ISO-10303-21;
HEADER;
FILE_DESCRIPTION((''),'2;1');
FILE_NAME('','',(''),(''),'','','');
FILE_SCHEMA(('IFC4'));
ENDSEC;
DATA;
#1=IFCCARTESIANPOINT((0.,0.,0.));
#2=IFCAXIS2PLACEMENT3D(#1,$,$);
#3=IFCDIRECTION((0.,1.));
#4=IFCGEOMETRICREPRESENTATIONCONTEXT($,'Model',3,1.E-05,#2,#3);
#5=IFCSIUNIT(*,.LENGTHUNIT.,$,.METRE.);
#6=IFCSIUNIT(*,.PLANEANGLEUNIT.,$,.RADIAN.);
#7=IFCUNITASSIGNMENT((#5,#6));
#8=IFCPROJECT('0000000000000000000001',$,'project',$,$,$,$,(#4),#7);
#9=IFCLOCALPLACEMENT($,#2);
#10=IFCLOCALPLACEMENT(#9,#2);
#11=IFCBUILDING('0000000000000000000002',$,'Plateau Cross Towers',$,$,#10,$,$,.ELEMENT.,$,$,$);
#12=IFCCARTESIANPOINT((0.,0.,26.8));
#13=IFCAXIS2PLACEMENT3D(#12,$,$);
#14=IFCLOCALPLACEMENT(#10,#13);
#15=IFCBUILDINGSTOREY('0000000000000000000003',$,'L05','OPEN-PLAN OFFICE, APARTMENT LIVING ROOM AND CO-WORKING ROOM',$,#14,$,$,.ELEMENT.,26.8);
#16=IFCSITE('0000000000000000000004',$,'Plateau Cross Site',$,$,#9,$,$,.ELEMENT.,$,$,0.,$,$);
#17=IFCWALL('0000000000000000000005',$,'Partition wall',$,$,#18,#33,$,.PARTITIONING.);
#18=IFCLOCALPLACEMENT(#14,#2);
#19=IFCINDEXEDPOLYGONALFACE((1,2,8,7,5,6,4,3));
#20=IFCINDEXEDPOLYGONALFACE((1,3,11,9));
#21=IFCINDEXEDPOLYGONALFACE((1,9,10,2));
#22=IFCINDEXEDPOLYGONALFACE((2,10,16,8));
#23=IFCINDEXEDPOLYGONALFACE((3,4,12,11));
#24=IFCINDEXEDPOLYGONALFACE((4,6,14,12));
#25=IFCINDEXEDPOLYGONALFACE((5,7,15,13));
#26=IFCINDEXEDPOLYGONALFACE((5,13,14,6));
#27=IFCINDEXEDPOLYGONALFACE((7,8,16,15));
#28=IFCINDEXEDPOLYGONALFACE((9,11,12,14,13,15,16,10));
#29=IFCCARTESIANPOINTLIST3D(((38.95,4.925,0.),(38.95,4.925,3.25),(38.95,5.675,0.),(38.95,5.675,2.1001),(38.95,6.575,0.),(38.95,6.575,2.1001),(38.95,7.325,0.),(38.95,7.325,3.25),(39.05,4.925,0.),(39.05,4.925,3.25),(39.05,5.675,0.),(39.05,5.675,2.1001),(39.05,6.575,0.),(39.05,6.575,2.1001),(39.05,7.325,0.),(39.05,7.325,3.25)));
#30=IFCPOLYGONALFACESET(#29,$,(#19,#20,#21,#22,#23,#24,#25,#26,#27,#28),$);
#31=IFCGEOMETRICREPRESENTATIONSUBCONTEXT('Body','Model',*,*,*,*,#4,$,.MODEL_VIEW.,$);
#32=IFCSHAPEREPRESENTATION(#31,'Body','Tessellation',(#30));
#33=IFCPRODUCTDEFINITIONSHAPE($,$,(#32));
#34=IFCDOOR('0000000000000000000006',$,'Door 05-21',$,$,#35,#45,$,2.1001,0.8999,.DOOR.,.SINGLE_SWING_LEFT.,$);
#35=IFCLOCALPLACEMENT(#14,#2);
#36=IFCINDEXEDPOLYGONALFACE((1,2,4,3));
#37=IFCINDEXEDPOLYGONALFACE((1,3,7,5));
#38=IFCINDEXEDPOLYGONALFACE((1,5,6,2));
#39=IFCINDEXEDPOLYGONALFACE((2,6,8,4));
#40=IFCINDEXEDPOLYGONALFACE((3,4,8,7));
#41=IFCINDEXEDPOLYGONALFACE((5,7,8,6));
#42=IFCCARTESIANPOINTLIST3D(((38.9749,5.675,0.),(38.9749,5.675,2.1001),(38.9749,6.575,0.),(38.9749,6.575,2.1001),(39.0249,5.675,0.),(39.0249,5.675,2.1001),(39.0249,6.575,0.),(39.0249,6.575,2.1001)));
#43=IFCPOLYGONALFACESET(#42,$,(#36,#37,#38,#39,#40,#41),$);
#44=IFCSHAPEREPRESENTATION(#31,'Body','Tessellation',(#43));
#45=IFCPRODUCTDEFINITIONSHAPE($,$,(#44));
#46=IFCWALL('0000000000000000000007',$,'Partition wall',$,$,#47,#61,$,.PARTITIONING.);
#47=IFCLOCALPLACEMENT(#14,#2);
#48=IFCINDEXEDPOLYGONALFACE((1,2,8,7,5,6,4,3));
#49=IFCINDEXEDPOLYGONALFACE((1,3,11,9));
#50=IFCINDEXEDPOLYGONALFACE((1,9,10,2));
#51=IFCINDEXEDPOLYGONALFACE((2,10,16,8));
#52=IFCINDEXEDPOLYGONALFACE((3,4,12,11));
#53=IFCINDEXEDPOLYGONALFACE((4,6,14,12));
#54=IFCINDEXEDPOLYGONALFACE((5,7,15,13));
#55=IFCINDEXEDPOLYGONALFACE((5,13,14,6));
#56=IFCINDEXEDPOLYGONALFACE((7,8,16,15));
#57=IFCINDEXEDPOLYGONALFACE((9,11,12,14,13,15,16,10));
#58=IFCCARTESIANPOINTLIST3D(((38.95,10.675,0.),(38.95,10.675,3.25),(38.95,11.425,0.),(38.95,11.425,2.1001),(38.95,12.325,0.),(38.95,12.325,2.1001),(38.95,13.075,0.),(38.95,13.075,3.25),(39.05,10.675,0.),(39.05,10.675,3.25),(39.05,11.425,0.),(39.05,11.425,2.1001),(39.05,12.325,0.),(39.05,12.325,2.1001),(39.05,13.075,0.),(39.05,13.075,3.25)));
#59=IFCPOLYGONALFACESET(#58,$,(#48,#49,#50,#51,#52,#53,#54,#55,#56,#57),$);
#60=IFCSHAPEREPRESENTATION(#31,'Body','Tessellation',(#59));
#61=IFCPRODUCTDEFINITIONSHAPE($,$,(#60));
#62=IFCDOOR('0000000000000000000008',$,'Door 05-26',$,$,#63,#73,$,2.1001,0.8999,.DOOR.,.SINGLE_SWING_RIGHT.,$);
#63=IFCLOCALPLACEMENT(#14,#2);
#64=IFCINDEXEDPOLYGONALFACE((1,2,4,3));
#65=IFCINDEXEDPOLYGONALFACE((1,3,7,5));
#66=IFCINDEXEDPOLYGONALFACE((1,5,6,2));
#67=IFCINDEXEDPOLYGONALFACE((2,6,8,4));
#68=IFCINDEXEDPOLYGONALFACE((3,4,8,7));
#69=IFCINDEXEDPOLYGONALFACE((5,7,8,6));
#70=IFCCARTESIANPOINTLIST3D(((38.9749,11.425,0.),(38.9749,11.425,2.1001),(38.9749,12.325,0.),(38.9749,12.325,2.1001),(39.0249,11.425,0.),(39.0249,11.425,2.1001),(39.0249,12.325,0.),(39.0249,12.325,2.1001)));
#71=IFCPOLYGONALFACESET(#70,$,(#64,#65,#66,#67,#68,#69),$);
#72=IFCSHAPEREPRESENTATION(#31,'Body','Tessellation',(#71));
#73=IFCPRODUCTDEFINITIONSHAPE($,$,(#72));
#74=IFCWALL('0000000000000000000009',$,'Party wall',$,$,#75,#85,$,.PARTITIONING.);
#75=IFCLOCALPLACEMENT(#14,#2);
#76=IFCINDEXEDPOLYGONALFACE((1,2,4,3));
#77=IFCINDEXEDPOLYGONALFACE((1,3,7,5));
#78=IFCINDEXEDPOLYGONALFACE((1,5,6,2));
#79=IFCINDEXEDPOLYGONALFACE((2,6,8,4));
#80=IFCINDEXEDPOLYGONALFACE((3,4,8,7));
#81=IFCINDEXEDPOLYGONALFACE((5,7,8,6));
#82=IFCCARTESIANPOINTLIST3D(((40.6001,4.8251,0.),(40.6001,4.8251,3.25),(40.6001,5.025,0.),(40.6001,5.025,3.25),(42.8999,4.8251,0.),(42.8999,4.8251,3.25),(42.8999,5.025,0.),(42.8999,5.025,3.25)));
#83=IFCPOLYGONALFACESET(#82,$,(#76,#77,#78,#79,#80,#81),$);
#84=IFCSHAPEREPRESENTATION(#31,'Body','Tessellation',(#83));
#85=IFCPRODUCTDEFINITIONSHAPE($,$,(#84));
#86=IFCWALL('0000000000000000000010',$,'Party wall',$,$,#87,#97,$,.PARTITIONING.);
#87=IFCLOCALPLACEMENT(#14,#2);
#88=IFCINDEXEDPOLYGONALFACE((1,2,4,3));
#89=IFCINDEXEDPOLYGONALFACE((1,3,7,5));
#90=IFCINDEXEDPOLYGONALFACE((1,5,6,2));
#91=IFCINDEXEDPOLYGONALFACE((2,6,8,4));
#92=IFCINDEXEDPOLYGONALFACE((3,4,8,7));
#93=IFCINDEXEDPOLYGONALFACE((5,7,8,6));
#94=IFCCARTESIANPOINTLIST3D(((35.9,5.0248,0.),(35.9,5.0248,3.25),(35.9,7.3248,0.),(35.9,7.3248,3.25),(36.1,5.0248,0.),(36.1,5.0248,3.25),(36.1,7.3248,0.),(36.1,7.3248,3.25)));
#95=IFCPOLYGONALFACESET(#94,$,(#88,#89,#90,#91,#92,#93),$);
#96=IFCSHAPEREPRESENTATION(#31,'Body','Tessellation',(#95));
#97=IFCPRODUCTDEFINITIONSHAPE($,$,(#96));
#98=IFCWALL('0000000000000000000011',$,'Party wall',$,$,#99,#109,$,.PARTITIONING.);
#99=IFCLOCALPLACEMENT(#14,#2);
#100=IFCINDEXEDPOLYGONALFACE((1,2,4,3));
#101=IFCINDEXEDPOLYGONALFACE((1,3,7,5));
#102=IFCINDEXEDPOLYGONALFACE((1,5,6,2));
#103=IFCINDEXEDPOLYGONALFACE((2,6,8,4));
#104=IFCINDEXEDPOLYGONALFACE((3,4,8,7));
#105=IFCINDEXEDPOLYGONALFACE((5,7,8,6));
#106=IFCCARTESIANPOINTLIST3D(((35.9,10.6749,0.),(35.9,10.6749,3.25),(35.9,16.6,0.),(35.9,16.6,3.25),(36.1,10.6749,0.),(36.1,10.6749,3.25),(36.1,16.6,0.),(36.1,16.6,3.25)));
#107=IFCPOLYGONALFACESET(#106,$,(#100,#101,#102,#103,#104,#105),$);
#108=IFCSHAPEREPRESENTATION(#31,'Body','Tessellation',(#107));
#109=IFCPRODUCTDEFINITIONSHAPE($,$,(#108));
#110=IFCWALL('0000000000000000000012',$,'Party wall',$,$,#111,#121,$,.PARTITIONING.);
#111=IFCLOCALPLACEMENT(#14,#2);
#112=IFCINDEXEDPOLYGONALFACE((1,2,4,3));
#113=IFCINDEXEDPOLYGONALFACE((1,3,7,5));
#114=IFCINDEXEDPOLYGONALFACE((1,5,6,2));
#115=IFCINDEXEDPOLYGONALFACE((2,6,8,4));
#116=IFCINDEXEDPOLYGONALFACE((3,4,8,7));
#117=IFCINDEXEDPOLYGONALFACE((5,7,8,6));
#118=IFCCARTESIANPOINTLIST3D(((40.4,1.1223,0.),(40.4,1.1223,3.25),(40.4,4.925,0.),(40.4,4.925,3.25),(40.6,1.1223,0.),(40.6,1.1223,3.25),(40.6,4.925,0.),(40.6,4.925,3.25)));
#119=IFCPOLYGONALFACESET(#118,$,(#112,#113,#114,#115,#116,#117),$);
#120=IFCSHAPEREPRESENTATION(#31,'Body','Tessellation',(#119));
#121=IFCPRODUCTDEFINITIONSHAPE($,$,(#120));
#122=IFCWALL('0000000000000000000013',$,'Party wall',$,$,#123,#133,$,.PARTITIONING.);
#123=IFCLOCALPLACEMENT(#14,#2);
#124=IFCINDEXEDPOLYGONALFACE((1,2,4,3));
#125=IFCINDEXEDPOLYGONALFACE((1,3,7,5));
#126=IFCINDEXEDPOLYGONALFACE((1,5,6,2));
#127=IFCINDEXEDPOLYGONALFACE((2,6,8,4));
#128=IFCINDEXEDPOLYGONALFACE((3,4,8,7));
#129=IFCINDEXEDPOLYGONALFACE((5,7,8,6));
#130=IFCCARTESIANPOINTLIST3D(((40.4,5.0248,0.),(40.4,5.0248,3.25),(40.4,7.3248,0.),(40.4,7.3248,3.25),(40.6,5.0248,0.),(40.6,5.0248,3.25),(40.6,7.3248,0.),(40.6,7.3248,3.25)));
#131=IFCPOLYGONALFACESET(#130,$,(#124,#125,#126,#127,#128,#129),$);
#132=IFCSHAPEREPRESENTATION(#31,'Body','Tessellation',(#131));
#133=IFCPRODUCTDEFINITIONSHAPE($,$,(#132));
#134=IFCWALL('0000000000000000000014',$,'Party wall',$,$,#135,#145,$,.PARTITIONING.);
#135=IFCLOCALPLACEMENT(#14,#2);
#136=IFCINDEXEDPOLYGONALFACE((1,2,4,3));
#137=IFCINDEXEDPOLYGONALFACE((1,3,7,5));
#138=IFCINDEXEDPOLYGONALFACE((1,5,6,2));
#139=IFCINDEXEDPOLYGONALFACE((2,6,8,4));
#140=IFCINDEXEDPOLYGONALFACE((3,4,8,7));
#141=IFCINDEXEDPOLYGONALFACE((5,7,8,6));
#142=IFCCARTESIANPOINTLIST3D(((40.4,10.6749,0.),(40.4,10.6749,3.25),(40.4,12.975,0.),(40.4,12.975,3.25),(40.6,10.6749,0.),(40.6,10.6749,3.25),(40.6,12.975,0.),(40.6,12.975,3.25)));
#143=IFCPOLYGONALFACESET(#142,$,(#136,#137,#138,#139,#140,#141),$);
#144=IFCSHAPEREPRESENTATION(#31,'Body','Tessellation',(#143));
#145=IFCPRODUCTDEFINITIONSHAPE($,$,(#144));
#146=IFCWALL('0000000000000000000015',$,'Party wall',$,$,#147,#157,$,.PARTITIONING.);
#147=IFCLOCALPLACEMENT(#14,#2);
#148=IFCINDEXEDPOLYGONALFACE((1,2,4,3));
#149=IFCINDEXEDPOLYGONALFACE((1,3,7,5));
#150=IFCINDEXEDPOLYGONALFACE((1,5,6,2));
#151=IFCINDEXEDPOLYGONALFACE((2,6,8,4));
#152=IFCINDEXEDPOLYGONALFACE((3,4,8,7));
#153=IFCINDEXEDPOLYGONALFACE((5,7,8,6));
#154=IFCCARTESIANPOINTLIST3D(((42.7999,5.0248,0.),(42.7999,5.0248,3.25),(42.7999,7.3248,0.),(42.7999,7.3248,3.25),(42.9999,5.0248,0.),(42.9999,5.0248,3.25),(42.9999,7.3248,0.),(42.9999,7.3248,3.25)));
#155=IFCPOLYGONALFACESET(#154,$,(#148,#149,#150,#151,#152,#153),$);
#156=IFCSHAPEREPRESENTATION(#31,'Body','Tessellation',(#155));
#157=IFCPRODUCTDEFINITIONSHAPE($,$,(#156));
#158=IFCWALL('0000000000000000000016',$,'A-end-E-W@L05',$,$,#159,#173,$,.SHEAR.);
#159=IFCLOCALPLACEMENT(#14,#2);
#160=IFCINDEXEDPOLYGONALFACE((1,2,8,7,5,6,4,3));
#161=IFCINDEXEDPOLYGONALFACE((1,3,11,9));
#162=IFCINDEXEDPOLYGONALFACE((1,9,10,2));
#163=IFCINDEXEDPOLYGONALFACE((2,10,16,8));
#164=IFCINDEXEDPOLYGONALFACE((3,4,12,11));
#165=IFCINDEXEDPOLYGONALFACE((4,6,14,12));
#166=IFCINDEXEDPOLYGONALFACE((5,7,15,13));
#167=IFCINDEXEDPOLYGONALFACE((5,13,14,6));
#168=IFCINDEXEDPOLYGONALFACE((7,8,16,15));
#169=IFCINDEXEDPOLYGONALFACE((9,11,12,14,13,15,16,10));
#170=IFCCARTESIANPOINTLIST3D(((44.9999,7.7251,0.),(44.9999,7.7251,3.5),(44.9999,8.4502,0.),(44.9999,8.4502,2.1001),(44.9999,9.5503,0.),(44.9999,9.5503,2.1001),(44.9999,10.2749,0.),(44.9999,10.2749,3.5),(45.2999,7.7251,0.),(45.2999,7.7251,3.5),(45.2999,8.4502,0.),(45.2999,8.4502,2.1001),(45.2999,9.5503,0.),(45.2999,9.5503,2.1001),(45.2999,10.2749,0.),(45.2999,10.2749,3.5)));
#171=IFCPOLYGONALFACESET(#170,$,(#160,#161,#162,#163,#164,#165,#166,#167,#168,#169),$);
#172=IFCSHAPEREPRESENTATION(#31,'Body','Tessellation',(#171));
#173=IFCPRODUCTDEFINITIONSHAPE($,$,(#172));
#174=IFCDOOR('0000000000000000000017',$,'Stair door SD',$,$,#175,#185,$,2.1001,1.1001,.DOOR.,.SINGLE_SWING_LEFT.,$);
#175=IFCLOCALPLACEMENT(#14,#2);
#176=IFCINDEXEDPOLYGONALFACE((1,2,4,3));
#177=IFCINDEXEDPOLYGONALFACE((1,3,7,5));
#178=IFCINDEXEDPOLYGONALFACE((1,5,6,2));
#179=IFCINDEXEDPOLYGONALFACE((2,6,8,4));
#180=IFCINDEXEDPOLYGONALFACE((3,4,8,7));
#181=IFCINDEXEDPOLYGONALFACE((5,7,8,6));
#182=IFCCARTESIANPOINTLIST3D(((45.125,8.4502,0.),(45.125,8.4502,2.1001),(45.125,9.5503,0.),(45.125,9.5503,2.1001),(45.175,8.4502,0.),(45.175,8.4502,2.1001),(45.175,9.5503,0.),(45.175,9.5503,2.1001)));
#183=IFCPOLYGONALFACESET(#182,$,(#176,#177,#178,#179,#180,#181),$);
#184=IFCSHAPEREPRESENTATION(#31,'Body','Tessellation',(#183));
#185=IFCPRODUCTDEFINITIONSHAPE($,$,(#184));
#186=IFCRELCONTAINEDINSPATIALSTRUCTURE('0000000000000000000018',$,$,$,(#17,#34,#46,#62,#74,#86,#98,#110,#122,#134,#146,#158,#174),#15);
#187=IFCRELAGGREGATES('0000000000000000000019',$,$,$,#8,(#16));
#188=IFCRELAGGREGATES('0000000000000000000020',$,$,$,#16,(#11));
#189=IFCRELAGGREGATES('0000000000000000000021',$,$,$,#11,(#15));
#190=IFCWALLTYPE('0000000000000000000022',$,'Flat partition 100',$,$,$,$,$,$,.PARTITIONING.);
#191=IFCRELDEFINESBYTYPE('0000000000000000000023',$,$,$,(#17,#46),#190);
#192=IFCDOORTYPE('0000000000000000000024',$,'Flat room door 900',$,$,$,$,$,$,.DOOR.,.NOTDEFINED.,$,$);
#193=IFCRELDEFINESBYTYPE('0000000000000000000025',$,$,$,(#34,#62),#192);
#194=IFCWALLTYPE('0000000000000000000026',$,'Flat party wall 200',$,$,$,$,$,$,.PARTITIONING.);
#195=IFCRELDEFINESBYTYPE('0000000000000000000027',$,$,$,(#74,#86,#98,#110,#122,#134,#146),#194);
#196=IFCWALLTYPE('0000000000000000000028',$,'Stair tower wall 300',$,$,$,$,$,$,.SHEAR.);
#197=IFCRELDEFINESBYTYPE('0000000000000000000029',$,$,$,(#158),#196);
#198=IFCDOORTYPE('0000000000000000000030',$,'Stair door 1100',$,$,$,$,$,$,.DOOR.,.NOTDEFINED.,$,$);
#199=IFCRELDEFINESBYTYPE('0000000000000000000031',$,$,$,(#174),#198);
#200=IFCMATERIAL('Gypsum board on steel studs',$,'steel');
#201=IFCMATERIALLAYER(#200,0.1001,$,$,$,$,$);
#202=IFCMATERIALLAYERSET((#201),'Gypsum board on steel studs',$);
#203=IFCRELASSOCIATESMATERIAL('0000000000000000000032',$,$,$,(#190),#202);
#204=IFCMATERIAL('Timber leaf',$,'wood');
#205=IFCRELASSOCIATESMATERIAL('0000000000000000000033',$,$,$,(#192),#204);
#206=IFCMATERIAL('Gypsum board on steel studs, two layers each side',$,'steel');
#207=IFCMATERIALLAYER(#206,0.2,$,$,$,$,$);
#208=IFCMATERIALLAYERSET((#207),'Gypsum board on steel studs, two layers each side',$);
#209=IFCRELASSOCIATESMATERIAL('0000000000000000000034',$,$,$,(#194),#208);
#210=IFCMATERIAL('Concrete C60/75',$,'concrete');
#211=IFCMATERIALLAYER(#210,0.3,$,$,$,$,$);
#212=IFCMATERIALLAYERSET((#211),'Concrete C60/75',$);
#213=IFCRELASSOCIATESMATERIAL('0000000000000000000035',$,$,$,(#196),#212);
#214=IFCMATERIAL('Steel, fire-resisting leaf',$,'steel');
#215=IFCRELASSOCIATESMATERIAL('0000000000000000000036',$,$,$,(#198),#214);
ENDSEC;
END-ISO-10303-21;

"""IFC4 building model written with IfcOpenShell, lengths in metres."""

from ifc_helpers import new_model, si_unit, direction, frame, frame_2d, origin, place, context, subcontext, project, spatial, rectangle, extrude, material, layer, layer_set, type_object, element, fill, save


model = new_model("IFC4")

# Units and contexts
model_context = context("Model", 3, precision=1e-05, world=origin(), true_north=direction((0.0, 1.0)))
body_context = subcontext(model_context, "Body", "Model", "MODEL_VIEW")
ifc_project = project(units=[si_unit("LENGTHUNIT", "METRE"), si_unit("PLANEANGLEUNIT", "RADIAN")], contexts=[model_context])

# Site, building, storey
site_placement = place(None, origin())
site = spatial("IfcSite", under=ifc_project, at=site_placement, Name="Plateau Cross Site", CompositionType="ELEMENT", RefElevation=0.0)
building_placement = place(site_placement, origin())
building = spatial("IfcBuilding", under=site, at=building_placement, Name="Plateau Cross Towers", CompositionType="ELEMENT")
storey_placement = place(building_placement, frame((0.0, 0.0, 26.8)))
storey = spatial("IfcBuildingStorey", under=building, at=storey_placement, Name="L05", Description="OPEN-PLAN OFFICE, APARTMENT LIVING ROOM AND CO-WORKING ROOM", CompositionType="ELEMENT", Elevation=26.8)

# Shared definitions
ifc_material_1 = material(Name="Gypsum board on steel studs", Category="steel")
ifc_layer_1 = layer(ifc_material_1, 0.1001)
ifc_layer_set_1 = layer_set([ifc_layer_1], Name="Gypsum board on steel studs")
wall_type_1 = type_object("IfcWallType", Name="Flat partition 100", PredefinedType="PARTITIONING", material=ifc_layer_set_1)

# Walls, openings, doors
ifc_material_2 = material(Name="Timber leaf", Category="wood")
door_type_1 = type_object("IfcDoorType", Name="Flat room door 900", OperationType="NOTDEFINED", PredefinedType="DOOR", material=ifc_material_2)
wall_1_placement = place(storey_placement, frame((39.0, 7.325, 0.0), z_axis=(0.0, 0.0, 1.0), x_axis=(0.0, -1.0, 0.0)))
wall_1 = element("IfcWall", 1, at=wall_1_placement, inside=storey, type_object=wall_type_1, Name="Partition wall", PredefinedType="PARTITIONING", context=body_context, shape_type="SweptSolid", body=[
    extrude(rectangle(XDim=2.3999, YDim=0.1001, at=frame_2d((1.2, 0.0))), origin(), (0.0, 0.0, 1.0), 3.25),
])
opening_1_placement = place(wall_1_placement, frame((0.75, 0.0, 0.0)))
opening_1 = element("IfcOpeningElement", 2, at=opening_1_placement, cuts=wall_1, PredefinedType="OPENING", context=body_context, shape_type="SweptSolid", body=[
    extrude(rectangle(XDim=0.8999, YDim=2.1001, at=frame_2d((0.45, 1.05))), frame((0.0, 0.0601, 0.0), z_axis=(0.0, -1.0, 0.0), x_axis=(1.0, 0.0, 0.0)), (0.0, 0.0, 1.0), 0.1201),
])
door_1_placement = place(opening_1_placement, origin())
door_1 = element("IfcDoor", 3, at=door_1_placement, inside=storey, type_object=door_type_1, Name="Door 05-21", OperationType="SINGLE_SWING_LEFT", OverallHeight=2.1001, OverallWidth=0.8999, PredefinedType="DOOR", context=body_context, shape_type="SweptSolid", body=[
    extrude(rectangle(XDim=0.8999, YDim=2.1001, at=frame_2d((0.45, 1.05))), frame((0.0, 0.0249, 0.0), z_axis=(0.0, -1.0, 0.0), x_axis=(1.0, 0.0, 0.0)), (0.0, 0.0, 1.0), 0.05),
])
fill(opening_1, door_1)
wall_2_placement = place(storey_placement, frame((39.0, 13.075, 0.0), z_axis=(0.0, 0.0, 1.0), x_axis=(0.0, -1.0, 0.0)))
wall_2 = element("IfcWall", 4, at=wall_2_placement, inside=storey, type_object=wall_type_1, Name="Partition wall", PredefinedType="PARTITIONING", context=body_context, shape_type="SweptSolid", body=[
    extrude(rectangle(XDim=2.3999, YDim=0.1001, at=frame_2d((1.2, 0.0))), origin(), (0.0, 0.0, 1.0), 3.25),
])
opening_2_placement = place(wall_2_placement, frame((0.75, 0.0, 0.0)))
opening_2 = element("IfcOpeningElement", 5, at=opening_2_placement, cuts=wall_2, PredefinedType="OPENING", context=body_context, shape_type="SweptSolid", body=[
    extrude(rectangle(XDim=0.8999, YDim=2.1001, at=frame_2d((0.45, 1.05))), frame((0.0, 0.0601, 0.0), z_axis=(0.0, -1.0, 0.0), x_axis=(1.0, 0.0, 0.0)), (0.0, 0.0, 1.0), 0.1201),
])
door_2_placement = place(opening_2_placement, origin())
door_2 = element("IfcDoor", 6, at=door_2_placement, inside=storey, type_object=door_type_1, Name="Door 05-26", OperationType="SINGLE_SWING_RIGHT", OverallHeight=2.1001, OverallWidth=0.8999, PredefinedType="DOOR", context=body_context, shape_type="SweptSolid", body=[
    extrude(rectangle(XDim=0.8999, YDim=2.1001, at=frame_2d((0.45, 1.05))), frame((0.0, 0.0249, 0.0), z_axis=(0.0, -1.0, 0.0), x_axis=(1.0, 0.0, 0.0)), (0.0, 0.0, 1.0), 0.05),
])
fill(opening_2, door_2)

# Walls
ifc_material_3 = material(Name="Gypsum board on steel studs, two layers each side", Category="steel")
ifc_layer_2 = layer(ifc_material_3, 0.2)
ifc_layer_set_2 = layer_set([ifc_layer_2], Name="Gypsum board on steel studs, two layers each side")
wall_type_2 = type_object("IfcWallType", Name="Flat party wall 200", PredefinedType="PARTITIONING", material=ifc_layer_set_2)
wall_3_placement = place(storey_placement, frame((40.6001, 4.925, 0.0), z_axis=(0.0, 0.0, 1.0), x_axis=(1.0, 0.0, 0.0)))
element("IfcWall", 7, at=wall_3_placement, inside=storey, type_object=wall_type_2, Name="Party wall", PredefinedType="PARTITIONING", context=body_context, shape_type="SweptSolid", body=[
    extrude(rectangle(XDim=2.2998, YDim=0.2, at=frame_2d((1.1499, 0.0))), origin(), (0.0, 0.0, 1.0), 3.25),
])
wall_4_placement = place(storey_placement, frame((36.0, 5.0249, 0.0), z_axis=(0.0, 0.0, 1.0), x_axis=(0.0, 1.0, 0.0)))
element("IfcWall", 8, at=wall_4_placement, inside=storey, type_object=wall_type_2, Name="Party wall", PredefinedType="PARTITIONING", context=body_context, shape_type="SweptSolid", body=[
    extrude(rectangle(XDim=2.3, YDim=0.2, at=frame_2d((1.1499, 0.0))), origin(), (0.0, 0.0, 1.0), 3.25),
])
wall_5_placement = place(storey_placement, frame((36.0, 10.675, 0.0), z_axis=(0.0, 0.0, 1.0), x_axis=(0.0, 1.0, 0.0)))
element("IfcWall", 9, at=wall_5_placement, inside=storey, type_object=wall_type_2, Name="Party wall", PredefinedType="PARTITIONING", context=body_context, shape_type="SweptSolid", body=[
    extrude(rectangle(XDim=5.925, YDim=0.2, at=frame_2d((2.9624, 0.0))), origin(), (0.0, 0.0, 1.0), 3.25),
])
wall_6_placement = place(storey_placement, frame((40.5, 4.925, 0.0), z_axis=(0.0, 0.0, 1.0), x_axis=(0.0, -1.0, 0.0)))
element("IfcWall", 10, at=wall_6_placement, inside=storey, type_object=wall_type_2, Name="Party wall", PredefinedType="PARTITIONING", context=body_context, shape_type="SweptSolid", body=[
    extrude(rectangle(XDim=3.8027, YDim=0.2, at=frame_2d((1.9014, 0.0))), origin(), (0.0, 0.0, 1.0), 3.25),
])
for number, where, z_axis, x_axis, name in (
    (11, (40.5, 5.0249, 0.0), (0.0, 0.0, 1.0), (0.0, 1.0, 0.0), "Party wall"),
    (12, (40.5, 10.675, 0.0), (0.0, 0.0, 1.0), (0.0, 1.0, 0.0), "Party wall"),
    (13, (42.8999, 5.0249, 0.0), (0.0, 0.0, 1.0), (0.0, 1.0, 0.0), "Party wall"),
):
    element("IfcWall", number, at=place(storey_placement, frame(where, z_axis=z_axis, x_axis=x_axis)), inside=storey, type_object=wall_type_2, Name=name, PredefinedType="PARTITIONING", context=body_context, shape_type="SweptSolid", body=[
        extrude(rectangle(XDim=2.3, YDim=0.2, at=frame_2d((1.1499, 0.0))), origin(), (0.0, 0.0, 1.0), 3.25),
    ])

# Wall, opening, door
ifc_material_4 = material(Name="Concrete C60/75", Category="concrete")
ifc_layer_3 = layer(ifc_material_4, 0.3)
ifc_layer_set_3 = layer_set([ifc_layer_3], Name="Concrete C60/75")
wall_type_3 = type_object("IfcWallType", Name="Stair tower wall 300", PredefinedType="SHEAR", material=ifc_layer_set_3)
wall_7_placement = place(storey_placement, frame((45.1499, 7.7251, 0.0), z_axis=(0.0, 0.0, 1.0), x_axis=(0.0, 1.0, 0.0)))
wall_7 = element("IfcWall", 14, at=wall_7_placement, inside=storey, type_object=wall_type_3, Name="A-end-E-W@L05", PredefinedType="SHEAR", context=body_context, shape_type="SweptSolid", body=[
    extrude(rectangle(XDim=2.5498, YDim=0.3, at=frame_2d((1.2749, 0.0))), origin(), (0.0, 0.0, 1.0), 3.5),
])
opening_3_placement = place(wall_7_placement, frame((0.7251, 0.0, 0.0)))
opening_3 = element("IfcOpeningElement", 15, at=opening_3_placement, cuts=wall_7, PredefinedType="OPENING", context=body_context, shape_type="SweptSolid", body=[
    extrude(rectangle(XDim=1.1001, YDim=2.1001, at=frame_2d((0.55, 1.05))), frame((0.0, 0.1599, 0.0), z_axis=(0.0, -1.0, 0.0), x_axis=(1.0, 0.0, 0.0)), (0.0, 0.0, 1.0), 0.3201),
])
ifc_material_5 = material(Name="Steel, fire-resisting leaf", Category="steel")
door_type_2 = type_object("IfcDoorType", Name="Stair door 1100", OperationType="NOTDEFINED", PredefinedType="DOOR", material=ifc_material_5)
door_3_placement = place(opening_3_placement, origin())
door_3 = element("IfcDoor", 16, at=door_3_placement, inside=storey, type_object=door_type_2, Name="Stair door SD", OperationType="SINGLE_SWING_LEFT", OverallHeight=2.1001, OverallWidth=1.1001, PredefinedType="DOOR", context=body_context, shape_type="SweptSolid", body=[
    extrude(rectangle(XDim=1.1001, YDim=2.1001, at=frame_2d((0.55, 1.05))), frame((0.0, 0.0249, 0.0), z_axis=(0.0, -1.0, 0.0), x_axis=(1.0, 0.0, 0.0)), (0.0, 0.0, 1.0), 0.05),
])
fill(opening_3, door_3)

save(model, "model.ifc")
